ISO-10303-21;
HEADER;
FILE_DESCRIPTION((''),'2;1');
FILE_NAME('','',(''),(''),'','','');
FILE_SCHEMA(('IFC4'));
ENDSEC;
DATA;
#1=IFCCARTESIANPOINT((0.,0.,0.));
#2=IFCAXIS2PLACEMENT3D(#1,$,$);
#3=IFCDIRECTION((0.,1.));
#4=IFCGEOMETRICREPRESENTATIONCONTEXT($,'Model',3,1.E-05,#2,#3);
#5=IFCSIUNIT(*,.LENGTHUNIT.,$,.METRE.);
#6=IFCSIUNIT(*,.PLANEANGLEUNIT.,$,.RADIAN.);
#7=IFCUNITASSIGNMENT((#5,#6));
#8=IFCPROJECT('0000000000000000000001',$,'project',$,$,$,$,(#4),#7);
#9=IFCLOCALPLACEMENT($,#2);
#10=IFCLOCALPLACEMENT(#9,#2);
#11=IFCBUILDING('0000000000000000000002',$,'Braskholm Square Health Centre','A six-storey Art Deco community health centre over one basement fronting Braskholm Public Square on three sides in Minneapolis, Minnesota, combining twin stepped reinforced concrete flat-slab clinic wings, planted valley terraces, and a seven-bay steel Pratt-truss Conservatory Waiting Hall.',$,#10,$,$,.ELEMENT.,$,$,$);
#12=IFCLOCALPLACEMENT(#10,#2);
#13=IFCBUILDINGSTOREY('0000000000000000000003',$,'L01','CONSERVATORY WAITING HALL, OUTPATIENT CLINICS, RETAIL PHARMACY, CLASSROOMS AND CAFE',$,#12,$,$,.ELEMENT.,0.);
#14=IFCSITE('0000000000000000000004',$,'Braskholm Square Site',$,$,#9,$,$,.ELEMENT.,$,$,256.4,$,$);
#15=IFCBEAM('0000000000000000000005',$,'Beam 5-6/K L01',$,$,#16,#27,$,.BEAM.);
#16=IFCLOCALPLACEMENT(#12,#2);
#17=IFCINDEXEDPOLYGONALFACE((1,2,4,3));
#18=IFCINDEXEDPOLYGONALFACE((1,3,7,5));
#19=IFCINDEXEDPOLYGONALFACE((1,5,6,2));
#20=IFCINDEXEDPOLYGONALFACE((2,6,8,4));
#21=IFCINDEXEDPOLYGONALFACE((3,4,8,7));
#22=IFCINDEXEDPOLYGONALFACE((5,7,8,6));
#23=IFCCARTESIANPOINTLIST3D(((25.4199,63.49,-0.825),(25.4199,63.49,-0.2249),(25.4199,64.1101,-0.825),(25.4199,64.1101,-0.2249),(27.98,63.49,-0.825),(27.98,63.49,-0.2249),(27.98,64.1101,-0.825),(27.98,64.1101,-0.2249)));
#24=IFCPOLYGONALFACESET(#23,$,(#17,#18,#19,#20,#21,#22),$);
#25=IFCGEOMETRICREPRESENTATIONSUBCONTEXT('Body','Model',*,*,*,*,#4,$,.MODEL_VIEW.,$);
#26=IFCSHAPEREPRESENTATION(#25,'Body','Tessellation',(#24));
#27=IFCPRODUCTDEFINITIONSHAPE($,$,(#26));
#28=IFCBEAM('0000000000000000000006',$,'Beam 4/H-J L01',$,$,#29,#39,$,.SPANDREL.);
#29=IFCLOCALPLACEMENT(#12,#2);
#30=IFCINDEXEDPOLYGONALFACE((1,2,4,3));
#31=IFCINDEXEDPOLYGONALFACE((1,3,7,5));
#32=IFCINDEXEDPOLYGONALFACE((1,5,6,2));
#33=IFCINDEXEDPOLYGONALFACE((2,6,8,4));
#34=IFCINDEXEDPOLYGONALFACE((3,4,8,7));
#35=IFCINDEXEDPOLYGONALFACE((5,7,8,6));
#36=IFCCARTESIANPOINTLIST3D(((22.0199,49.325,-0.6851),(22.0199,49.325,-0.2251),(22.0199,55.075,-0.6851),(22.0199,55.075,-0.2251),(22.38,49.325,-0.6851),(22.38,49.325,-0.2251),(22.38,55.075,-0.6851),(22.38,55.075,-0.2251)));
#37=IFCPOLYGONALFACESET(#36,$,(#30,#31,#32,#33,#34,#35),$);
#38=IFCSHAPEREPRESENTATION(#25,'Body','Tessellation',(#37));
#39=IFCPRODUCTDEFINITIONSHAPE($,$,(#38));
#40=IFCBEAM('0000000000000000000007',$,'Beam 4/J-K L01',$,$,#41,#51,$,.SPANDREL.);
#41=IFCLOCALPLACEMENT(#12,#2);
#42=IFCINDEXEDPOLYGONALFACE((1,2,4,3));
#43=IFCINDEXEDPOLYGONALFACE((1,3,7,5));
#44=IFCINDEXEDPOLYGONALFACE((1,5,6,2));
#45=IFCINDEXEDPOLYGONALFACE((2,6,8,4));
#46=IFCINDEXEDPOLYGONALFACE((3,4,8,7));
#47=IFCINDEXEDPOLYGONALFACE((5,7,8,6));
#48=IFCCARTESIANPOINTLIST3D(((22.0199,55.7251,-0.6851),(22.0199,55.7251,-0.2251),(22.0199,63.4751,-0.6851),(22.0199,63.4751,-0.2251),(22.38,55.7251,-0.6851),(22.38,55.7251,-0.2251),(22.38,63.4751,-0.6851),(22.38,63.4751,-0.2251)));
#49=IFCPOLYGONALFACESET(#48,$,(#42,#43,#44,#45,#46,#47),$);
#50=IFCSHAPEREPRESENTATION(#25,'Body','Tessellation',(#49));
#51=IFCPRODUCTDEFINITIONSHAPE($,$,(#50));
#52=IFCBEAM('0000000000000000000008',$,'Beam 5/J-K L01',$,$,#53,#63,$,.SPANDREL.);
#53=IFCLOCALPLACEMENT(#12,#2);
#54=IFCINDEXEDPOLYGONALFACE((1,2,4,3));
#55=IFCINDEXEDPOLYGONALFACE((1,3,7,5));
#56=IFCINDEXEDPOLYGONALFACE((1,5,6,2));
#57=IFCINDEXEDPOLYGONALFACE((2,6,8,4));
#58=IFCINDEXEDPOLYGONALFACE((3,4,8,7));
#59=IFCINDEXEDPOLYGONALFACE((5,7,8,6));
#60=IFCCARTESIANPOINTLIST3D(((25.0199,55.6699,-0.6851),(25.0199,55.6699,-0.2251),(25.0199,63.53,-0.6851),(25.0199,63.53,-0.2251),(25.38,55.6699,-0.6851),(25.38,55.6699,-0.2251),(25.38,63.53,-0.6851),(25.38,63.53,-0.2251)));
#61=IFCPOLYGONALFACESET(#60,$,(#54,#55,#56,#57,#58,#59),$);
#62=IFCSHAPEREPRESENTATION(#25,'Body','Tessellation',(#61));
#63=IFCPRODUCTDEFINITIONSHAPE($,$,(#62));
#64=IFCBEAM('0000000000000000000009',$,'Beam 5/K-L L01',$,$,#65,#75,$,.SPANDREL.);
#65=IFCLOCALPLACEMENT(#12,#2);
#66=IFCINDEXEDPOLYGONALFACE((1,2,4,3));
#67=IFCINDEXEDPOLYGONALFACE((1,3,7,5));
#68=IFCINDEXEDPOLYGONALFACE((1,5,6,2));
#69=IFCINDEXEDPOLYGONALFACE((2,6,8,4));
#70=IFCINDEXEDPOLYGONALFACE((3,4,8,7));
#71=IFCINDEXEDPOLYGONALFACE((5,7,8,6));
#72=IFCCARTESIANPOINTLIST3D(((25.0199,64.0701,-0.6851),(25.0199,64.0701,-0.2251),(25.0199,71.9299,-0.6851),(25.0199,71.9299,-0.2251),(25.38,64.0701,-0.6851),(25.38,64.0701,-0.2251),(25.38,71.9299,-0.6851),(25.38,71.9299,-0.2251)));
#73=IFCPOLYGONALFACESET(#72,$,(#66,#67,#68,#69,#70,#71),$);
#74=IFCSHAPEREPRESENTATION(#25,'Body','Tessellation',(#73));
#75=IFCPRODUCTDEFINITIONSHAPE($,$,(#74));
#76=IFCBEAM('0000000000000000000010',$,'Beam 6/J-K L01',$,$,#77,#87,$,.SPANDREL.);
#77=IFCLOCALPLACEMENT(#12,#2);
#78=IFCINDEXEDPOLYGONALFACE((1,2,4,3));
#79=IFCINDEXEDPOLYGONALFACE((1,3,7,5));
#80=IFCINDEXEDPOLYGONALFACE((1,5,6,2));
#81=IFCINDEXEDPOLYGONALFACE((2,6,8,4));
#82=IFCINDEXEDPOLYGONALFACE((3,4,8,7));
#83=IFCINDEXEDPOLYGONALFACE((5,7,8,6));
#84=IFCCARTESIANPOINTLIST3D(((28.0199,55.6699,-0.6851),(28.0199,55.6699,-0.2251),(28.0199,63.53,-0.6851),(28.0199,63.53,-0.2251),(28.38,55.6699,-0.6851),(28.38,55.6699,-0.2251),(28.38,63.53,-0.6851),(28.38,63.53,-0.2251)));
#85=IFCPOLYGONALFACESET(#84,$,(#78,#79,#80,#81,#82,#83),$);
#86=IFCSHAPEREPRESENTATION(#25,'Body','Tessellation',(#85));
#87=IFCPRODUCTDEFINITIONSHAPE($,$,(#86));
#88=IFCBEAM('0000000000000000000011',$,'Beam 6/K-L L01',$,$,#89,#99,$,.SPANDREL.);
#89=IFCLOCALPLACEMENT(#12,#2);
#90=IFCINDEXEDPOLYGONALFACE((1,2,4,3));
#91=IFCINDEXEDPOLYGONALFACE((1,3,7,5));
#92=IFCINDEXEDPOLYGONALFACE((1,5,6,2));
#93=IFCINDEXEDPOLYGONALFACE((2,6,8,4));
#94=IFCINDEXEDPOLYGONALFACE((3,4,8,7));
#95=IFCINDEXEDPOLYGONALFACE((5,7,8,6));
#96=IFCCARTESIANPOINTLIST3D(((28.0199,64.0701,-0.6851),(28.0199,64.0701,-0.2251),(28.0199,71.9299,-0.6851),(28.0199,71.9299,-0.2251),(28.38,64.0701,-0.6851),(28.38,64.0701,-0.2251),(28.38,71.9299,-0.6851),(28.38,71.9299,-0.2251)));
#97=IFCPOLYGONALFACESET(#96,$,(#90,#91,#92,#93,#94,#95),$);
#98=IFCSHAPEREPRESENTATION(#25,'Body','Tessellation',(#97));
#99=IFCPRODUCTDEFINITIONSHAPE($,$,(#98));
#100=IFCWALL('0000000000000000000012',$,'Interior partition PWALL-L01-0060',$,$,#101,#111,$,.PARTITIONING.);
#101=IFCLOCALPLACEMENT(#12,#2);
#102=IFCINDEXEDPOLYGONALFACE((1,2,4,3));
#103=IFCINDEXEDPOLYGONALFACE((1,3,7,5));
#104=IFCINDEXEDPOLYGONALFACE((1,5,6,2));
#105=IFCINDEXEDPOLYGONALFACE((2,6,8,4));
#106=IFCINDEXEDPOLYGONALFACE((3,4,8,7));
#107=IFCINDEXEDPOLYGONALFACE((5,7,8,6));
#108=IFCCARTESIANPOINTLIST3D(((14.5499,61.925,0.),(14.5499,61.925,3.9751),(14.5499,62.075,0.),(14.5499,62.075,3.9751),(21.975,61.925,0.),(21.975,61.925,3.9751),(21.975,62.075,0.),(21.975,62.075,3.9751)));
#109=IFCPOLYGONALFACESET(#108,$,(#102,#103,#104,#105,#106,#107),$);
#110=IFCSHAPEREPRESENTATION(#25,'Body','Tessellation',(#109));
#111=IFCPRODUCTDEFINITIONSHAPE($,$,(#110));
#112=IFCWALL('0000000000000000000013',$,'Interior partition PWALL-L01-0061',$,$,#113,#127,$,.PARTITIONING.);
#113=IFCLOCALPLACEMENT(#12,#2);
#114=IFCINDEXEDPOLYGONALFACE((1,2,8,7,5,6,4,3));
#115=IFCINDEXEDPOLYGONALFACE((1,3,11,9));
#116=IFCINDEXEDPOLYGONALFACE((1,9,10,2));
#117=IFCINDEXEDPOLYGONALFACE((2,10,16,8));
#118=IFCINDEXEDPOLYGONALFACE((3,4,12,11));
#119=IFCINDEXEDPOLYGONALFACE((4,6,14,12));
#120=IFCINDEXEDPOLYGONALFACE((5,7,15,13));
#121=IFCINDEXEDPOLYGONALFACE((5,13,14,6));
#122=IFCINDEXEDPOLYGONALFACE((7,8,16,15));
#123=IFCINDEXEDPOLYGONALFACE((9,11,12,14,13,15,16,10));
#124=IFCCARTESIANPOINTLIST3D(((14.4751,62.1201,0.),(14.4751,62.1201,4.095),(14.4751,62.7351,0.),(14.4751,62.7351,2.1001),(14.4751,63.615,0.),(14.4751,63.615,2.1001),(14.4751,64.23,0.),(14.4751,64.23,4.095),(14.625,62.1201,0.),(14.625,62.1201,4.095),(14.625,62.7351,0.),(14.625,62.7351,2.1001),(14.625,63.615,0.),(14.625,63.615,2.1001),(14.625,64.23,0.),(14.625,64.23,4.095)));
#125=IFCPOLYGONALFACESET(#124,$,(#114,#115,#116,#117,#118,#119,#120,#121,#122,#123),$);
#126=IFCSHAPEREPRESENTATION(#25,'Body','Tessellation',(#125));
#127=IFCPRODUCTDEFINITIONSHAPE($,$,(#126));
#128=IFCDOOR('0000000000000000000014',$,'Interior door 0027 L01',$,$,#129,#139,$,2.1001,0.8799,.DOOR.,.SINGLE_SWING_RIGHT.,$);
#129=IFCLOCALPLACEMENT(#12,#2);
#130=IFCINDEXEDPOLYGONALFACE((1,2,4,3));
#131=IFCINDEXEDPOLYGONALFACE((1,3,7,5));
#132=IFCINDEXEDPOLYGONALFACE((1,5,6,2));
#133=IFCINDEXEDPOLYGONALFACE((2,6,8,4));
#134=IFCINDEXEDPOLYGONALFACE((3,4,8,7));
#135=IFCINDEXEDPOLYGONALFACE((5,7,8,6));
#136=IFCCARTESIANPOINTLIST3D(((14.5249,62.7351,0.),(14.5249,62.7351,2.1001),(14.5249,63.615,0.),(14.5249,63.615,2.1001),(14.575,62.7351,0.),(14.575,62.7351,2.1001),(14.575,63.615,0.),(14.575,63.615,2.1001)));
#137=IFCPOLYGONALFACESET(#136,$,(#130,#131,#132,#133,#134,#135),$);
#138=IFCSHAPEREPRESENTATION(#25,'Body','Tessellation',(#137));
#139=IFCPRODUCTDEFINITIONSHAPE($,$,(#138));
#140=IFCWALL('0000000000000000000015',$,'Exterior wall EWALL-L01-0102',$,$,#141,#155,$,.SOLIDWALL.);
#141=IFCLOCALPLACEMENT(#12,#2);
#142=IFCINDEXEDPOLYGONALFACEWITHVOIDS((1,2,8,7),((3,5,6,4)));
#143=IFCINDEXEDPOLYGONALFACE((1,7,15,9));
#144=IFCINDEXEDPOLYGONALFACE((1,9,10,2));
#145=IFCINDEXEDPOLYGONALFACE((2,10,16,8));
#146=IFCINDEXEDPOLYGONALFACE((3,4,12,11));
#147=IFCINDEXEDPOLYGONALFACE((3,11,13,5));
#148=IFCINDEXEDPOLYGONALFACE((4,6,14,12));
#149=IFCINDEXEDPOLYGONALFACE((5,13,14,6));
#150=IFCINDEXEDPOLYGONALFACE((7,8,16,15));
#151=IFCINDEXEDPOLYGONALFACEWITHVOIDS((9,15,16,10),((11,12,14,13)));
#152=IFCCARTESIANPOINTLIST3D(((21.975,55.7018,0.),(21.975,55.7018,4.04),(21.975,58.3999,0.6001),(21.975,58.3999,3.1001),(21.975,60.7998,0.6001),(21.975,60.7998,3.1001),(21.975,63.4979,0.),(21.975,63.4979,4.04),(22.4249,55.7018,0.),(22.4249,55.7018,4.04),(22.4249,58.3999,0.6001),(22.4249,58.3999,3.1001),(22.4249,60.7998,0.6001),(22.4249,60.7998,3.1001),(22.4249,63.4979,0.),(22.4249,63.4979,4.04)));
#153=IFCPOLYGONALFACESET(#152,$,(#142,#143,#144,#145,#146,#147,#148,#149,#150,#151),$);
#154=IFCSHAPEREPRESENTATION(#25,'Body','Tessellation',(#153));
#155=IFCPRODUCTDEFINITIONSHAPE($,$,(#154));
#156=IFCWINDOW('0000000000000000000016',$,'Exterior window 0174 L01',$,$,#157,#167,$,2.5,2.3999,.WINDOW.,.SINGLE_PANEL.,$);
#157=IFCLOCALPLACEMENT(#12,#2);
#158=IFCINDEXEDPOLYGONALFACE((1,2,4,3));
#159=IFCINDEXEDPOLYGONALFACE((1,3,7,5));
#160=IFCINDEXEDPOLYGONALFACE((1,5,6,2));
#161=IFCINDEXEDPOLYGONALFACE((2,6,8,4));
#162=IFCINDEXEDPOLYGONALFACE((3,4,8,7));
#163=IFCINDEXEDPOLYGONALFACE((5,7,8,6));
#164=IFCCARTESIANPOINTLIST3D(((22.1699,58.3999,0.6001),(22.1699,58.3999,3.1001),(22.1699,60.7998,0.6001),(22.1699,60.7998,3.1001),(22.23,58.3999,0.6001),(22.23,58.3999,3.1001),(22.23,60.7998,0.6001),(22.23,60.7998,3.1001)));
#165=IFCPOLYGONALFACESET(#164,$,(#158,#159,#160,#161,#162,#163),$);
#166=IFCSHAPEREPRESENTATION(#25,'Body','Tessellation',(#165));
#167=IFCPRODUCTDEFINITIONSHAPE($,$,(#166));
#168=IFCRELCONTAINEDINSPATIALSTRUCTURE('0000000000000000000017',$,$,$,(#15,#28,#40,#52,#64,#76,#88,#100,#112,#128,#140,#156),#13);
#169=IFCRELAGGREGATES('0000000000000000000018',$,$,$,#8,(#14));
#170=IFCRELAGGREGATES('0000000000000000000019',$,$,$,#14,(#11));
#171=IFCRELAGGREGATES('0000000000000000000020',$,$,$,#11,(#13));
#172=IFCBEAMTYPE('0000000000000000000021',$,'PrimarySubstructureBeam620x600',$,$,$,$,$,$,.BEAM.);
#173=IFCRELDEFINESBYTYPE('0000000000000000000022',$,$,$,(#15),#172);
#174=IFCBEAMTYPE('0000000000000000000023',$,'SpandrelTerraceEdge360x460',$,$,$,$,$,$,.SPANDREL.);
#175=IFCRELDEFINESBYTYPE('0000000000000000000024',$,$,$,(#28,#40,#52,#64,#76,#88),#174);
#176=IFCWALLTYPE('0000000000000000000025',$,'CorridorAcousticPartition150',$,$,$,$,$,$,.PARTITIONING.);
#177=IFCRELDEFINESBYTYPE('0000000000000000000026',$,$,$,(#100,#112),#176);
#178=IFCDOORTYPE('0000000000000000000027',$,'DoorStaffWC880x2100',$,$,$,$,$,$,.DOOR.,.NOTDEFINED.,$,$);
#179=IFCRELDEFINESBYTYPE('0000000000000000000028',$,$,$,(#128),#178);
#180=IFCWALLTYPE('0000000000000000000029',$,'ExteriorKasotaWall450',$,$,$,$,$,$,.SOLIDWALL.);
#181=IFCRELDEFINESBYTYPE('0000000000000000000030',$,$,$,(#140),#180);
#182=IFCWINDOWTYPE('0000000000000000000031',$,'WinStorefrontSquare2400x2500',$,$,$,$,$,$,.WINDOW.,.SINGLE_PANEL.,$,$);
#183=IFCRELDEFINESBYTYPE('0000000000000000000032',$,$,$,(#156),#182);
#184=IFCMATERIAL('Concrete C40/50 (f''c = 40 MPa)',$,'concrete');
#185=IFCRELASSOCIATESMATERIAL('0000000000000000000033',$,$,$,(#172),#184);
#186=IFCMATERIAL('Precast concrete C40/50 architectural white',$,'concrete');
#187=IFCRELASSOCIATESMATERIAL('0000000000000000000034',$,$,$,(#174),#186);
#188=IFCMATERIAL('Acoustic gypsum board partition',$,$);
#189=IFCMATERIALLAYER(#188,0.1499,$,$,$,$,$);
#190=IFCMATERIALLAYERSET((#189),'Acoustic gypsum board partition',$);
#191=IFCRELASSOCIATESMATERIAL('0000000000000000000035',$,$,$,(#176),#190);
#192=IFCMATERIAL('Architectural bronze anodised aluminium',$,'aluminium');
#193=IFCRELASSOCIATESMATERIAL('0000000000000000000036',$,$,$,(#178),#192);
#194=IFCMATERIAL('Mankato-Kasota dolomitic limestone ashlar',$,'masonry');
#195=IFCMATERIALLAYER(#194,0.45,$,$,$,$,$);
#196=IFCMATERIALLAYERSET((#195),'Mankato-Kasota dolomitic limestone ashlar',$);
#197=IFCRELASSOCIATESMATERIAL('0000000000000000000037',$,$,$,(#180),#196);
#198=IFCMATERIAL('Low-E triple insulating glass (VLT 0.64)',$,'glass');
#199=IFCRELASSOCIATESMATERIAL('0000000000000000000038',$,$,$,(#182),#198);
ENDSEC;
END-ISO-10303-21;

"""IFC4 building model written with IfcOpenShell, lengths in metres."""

from ifc_helpers import new_model, si_unit, direction, frame, frame_2d, origin, origin_with_axes, origin_2d, place, context, subcontext, project, spatial, rectangle, extrude, material, layer, layer_set, material_profile, profile_set, type_object, element, fill, save


model = new_model("IFC4")

# Units and contexts
model_context = context("Model", 3, precision=1e-05, world=origin(), true_north=direction((0.0, 1.0)))
body_context = subcontext(model_context, "Body", "Model", "MODEL_VIEW")
ifc_project = project(units=[si_unit("LENGTHUNIT", "METRE"), si_unit("PLANEANGLEUNIT", "RADIAN")], contexts=[model_context])

# Site, building, storey
site_placement = place(None, origin())
site = spatial("IfcSite", under=ifc_project, at=site_placement, Name="Braskholm Square Site", CompositionType="ELEMENT", RefElevation=256.4)
building_placement = place(site_placement, origin())
building = spatial("IfcBuilding", under=site, at=building_placement, Name="Braskholm Square Health Centre", Description="A six-storey Art Deco community health centre over one basement fronting Braskholm Public Square on three sides in Minneapolis, Minnesota, combining twin stepped reinforced concrete flat-slab clinic wings, planted valley terraces, and a seven-bay steel Pratt-truss Conservatory Waiting Hall.", CompositionType="ELEMENT")
storey_placement = place(building_placement, origin())
storey = spatial("IfcBuildingStorey", under=building, at=storey_placement, Name="L01", Description="CONSERVATORY WAITING HALL, OUTPATIENT CLINICS, RETAIL PHARMACY, CLASSROOMS AND CAFE", CompositionType="ELEMENT", Elevation=0.0)

# Shared definitions
ifc_material_1 = material(Name="Concrete C40/50 (f'c = 40 MPa)", Category="concrete")
ifc_material_2 = material(Name="Precast concrete C40/50 architectural white", Category="concrete")

# Beams
ifc_material_profile_1 = material_profile(ifc_material_1, rectangle(XDim=0.6201, YDim=0.6001, at=origin_2d()), Name="RCB-620X600")
ifc_profile_set_1 = profile_set([ifc_material_profile_1], Name="Concrete C40/50 (f'c = 40 MPa)")
beam_type_1 = type_object("IfcBeamType", Name="PrimarySubstructureBeam620x600", PredefinedType="BEAM", material=ifc_profile_set_1)
beam_1_placement = place(storey_placement, frame((25.4199, 63.8, -0.5249), z_axis=(1.0, 0.0, 0.0), x_axis=(0.0, 1.0, 0.0)))
element("IfcBeam", 1, at=beam_1_placement, inside=storey, type_object=beam_type_1, Name="Beam 5-6/K L01", PredefinedType="BEAM", context=body_context, shape_type="SweptSolid", body=[
    extrude(rectangle(XDim=0.6201, YDim=0.6001, at=origin_2d()), origin(), (0.0, 0.0, 1.0), 2.5601),
])
ifc_material_profile_2 = material_profile(ifc_material_2, rectangle(XDim=0.3601, YDim=0.46, at=origin_2d()), Name="RCB-360X460")
ifc_profile_set_2 = profile_set([ifc_material_profile_2], Name="Precast concrete C40/50 architectural white")
beam_type_2 = type_object("IfcBeamType", Name="SpandrelTerraceEdge360x460", PredefinedType="SPANDREL", material=ifc_profile_set_2)
beam_2_placement = place(storey_placement, frame((22.2, 49.325, -0.4551), z_axis=(0.0, 1.0, 0.0), x_axis=(-1.0, 0.0, 0.0)))
element("IfcBeam", 2, at=beam_2_placement, inside=storey, type_object=beam_type_2, Name="Beam 4/H-J L01", PredefinedType="SPANDREL", context=body_context, shape_type="SweptSolid", body=[
    extrude(rectangle(XDim=0.3601, YDim=0.46, at=origin_2d()), origin(), (0.0, 0.0, 1.0), 5.75),
])
beam_3_placement = place(storey_placement, frame((22.2, 55.7251, -0.4551), z_axis=(0.0, 1.0, 0.0), x_axis=(-1.0, 0.0, 0.0)))
element("IfcBeam", 3, at=beam_3_placement, inside=storey, type_object=beam_type_2, Name="Beam 4/J-K L01", PredefinedType="SPANDREL", context=body_context, shape_type="SweptSolid", body=[
    extrude(rectangle(XDim=0.3601, YDim=0.46, at=origin_2d()), origin(), (0.0, 0.0, 1.0), 7.75),
])
beam_4_placement = place(storey_placement, frame((25.2, 55.6699, -0.4551), z_axis=(0.0, 1.0, 0.0), x_axis=(-1.0, 0.0, 0.0)))
element("IfcBeam", 4, at=beam_4_placement, inside=storey, type_object=beam_type_2, Name="Beam 5/J-K L01", PredefinedType="SPANDREL", context=body_context, shape_type="SweptSolid", body=[
    extrude(rectangle(XDim=0.3601, YDim=0.46, at=origin_2d()), origin(), (0.0, 0.0, 1.0), 7.8601),
])
beam_5_placement = place(storey_placement, frame((25.2, 64.0701, -0.4551), z_axis=(0.0, 1.0, 0.0), x_axis=(-1.0, 0.0, 0.0)))
element("IfcBeam", 5, at=beam_5_placement, inside=storey, type_object=beam_type_2, Name="Beam 5/K-L L01", PredefinedType="SPANDREL", context=body_context, shape_type="SweptSolid", body=[
    extrude(rectangle(XDim=0.3601, YDim=0.46, at=origin_2d()), origin(), (0.0, 0.0, 1.0), 7.8599),
])
beam_6_placement = place(storey_placement, frame((28.2, 55.6699, -0.4551), z_axis=(0.0, 1.0, 0.0), x_axis=(-1.0, 0.0, 0.0)))
element("IfcBeam", 6, at=beam_6_placement, inside=storey, type_object=beam_type_2, Name="Beam 6/J-K L01", PredefinedType="SPANDREL", context=body_context, shape_type="SweptSolid", body=[
    extrude(rectangle(XDim=0.3601, YDim=0.46, at=origin_2d()), origin(), (0.0, 0.0, 1.0), 7.8601),
])
beam_7_placement = place(storey_placement, frame((28.2, 64.0701, -0.4551), z_axis=(0.0, 1.0, 0.0), x_axis=(-1.0, 0.0, 0.0)))
element("IfcBeam", 7, at=beam_7_placement, inside=storey, type_object=beam_type_2, Name="Beam 6/K-L L01", PredefinedType="SPANDREL", context=body_context, shape_type="SweptSolid", body=[
    extrude(rectangle(XDim=0.3601, YDim=0.46, at=origin_2d()), origin(), (0.0, 0.0, 1.0), 7.8599),
])

# Wall
ifc_material_3 = material(Name="Acoustic gypsum board partition")
ifc_layer_1 = layer(ifc_material_3, 0.1499)
ifc_layer_set_1 = layer_set([ifc_layer_1], Name="Acoustic gypsum board partition")
wall_type_1 = type_object("IfcWallType", Name="CorridorAcousticPartition150", PredefinedType="PARTITIONING", material=ifc_layer_set_1)
wall_1_placement = place(storey_placement, frame((14.55, 62.0, 0.0), z_axis=(0.0, 0.0, 1.0), x_axis=(1.0, 0.0, 0.0)))
element("IfcWall", 8, at=wall_1_placement, inside=storey, type_object=wall_type_1, Name="Interior partition PWALL-L01-0060", PredefinedType="PARTITIONING", context=body_context, shape_type="SweptSolid", body=[
    extrude(rectangle(XDim=7.425, YDim=0.1499, at=frame_2d((3.7124, 0.0))), origin(), (0.0, 0.0, 1.0), 3.9751),
])

# Wall, opening, door
wall_2_placement = place(storey_placement, frame((14.55, 62.1201, 0.0), z_axis=(0.0, 0.0, 1.0), x_axis=(0.0, 1.0, 0.0)))
wall_2 = element("IfcWall", 9, at=wall_2_placement, inside=storey, type_object=wall_type_1, Name="Interior partition PWALL-L01-0061", PredefinedType="PARTITIONING", context=body_context, shape_type="SweptSolid", body=[
    extrude(rectangle(XDim=2.1099, YDim=0.1499, at=frame_2d((1.0549, 0.0))), origin(), (0.0, 0.0, 1.0), 4.095),
])
opening_1_placement = place(wall_2_placement, frame((0.615, 0.0, 0.0)))
opening_1 = element("IfcOpeningElement", 10, at=opening_1_placement, cuts=wall_2, PredefinedType="OPENING", context=body_context, shape_type="SweptSolid", body=[
    extrude(rectangle(XDim=0.8799, YDim=2.1001, at=frame_2d((0.4399, 1.05))), frame((0.0, 0.085, 0.0), z_axis=(0.0, -1.0, 0.0), x_axis=(1.0, 0.0, 0.0)), (0.0, 0.0, 1.0), 0.1699),
])
ifc_material_4 = material(Name="Architectural bronze anodised aluminium", Category="aluminium")
door_type = type_object("IfcDoorType", Name="DoorStaffWC880x2100", OperationType="NOTDEFINED", PredefinedType="DOOR", material=ifc_material_4)
door_placement = place(opening_1_placement, frame((0.8799, 0.0, 0.0), z_axis=(0.0, 0.0, 1.0), x_axis=(-1.0, 0.0, 0.0)))
door = element("IfcDoor", 11, at=door_placement, inside=storey, type_object=door_type, Name="Interior door 0027 L01", OperationType="SINGLE_SWING_RIGHT", OverallHeight=2.1001, OverallWidth=0.8799, PredefinedType="DOOR", context=body_context, shape_type="SweptSolid", body=[
    extrude(rectangle(XDim=0.8799, YDim=2.1001, at=frame_2d((0.4399, 1.05))), frame((0.0, 0.0249, 0.0), z_axis=(0.0, -1.0, 0.0), x_axis=(1.0, 0.0, 0.0)), (0.0, 0.0, 1.0), 0.05),
])
fill(opening_1, door)

# Wall, opening, window
ifc_material_5 = material(Name="Mankato-Kasota dolomitic limestone ashlar", Category="masonry")
ifc_layer_2 = layer(ifc_material_5, 0.45)
ifc_layer_set_2 = layer_set([ifc_layer_2], Name="Mankato-Kasota dolomitic limestone ashlar")
wall_type_2 = type_object("IfcWallType", Name="ExteriorKasotaWall450", PredefinedType="SOLIDWALL", material=ifc_layer_set_2)
wall_3_placement = place(storey_placement, frame((22.2, 55.7019, 0.0), z_axis=(0.0, 0.0, 1.0), x_axis=(0.0, 1.0, 0.0)))
wall_3 = element("IfcWall", 12, at=wall_3_placement, inside=storey, type_object=wall_type_2, Name="Exterior wall EWALL-L01-0102", PredefinedType="SOLIDWALL", context=body_context, shape_type="SweptSolid", body=[
    extrude(rectangle(XDim=7.7961, YDim=0.45, at=frame_2d((3.8979, 0.0))), origin(), (0.0, 0.0, 1.0), 4.04),
])
opening_2_placement = place(wall_3_placement, frame((2.698, 0.0, 0.6001)))
opening_2 = element("IfcOpeningElement", 13, at=opening_2_placement, cuts=wall_3, PredefinedType="OPENING", context=body_context, shape_type="SweptSolid", body=[
    extrude(rectangle(XDim=2.3999, YDim=2.5, at=frame_2d((1.2, 1.25))), frame((0.0, 0.2349, 0.0), z_axis=(0.0, -1.0, 0.0), x_axis=(1.0, 0.0, 0.0)), (0.0, 0.0, 1.0), 0.47),
])
ifc_material_6 = material(Name="Low-E triple insulating glass (VLT 0.64)", Category="glass")
window_type = type_object("IfcWindowType", Name="WinStorefrontSquare2400x2500", PartitioningType="SINGLE_PANEL", PredefinedType="WINDOW", material=ifc_material_6)
window_1_placement = place(opening_2_placement, origin_with_axes())
window_1 = element("IfcWindow", 14, at=window_1_placement, inside=storey, type_object=window_type, Name="Exterior window 0174 L01", OverallHeight=2.5, OverallWidth=2.3999, PartitioningType="SINGLE_PANEL", PredefinedType="WINDOW", context=body_context, shape_type="SweptSolid", body=[
    extrude(rectangle(XDim=2.3999, YDim=2.5, at=frame_2d((1.2, 1.25))), frame((0.0, 0.03, 0.0), z_axis=(0.0, -1.0, 0.0), x_axis=(1.0, 0.0, 0.0)), (0.0, 0.0, 1.0), 0.0601),
])
fill(opening_2, window_1)

save(model, "model.ifc")
